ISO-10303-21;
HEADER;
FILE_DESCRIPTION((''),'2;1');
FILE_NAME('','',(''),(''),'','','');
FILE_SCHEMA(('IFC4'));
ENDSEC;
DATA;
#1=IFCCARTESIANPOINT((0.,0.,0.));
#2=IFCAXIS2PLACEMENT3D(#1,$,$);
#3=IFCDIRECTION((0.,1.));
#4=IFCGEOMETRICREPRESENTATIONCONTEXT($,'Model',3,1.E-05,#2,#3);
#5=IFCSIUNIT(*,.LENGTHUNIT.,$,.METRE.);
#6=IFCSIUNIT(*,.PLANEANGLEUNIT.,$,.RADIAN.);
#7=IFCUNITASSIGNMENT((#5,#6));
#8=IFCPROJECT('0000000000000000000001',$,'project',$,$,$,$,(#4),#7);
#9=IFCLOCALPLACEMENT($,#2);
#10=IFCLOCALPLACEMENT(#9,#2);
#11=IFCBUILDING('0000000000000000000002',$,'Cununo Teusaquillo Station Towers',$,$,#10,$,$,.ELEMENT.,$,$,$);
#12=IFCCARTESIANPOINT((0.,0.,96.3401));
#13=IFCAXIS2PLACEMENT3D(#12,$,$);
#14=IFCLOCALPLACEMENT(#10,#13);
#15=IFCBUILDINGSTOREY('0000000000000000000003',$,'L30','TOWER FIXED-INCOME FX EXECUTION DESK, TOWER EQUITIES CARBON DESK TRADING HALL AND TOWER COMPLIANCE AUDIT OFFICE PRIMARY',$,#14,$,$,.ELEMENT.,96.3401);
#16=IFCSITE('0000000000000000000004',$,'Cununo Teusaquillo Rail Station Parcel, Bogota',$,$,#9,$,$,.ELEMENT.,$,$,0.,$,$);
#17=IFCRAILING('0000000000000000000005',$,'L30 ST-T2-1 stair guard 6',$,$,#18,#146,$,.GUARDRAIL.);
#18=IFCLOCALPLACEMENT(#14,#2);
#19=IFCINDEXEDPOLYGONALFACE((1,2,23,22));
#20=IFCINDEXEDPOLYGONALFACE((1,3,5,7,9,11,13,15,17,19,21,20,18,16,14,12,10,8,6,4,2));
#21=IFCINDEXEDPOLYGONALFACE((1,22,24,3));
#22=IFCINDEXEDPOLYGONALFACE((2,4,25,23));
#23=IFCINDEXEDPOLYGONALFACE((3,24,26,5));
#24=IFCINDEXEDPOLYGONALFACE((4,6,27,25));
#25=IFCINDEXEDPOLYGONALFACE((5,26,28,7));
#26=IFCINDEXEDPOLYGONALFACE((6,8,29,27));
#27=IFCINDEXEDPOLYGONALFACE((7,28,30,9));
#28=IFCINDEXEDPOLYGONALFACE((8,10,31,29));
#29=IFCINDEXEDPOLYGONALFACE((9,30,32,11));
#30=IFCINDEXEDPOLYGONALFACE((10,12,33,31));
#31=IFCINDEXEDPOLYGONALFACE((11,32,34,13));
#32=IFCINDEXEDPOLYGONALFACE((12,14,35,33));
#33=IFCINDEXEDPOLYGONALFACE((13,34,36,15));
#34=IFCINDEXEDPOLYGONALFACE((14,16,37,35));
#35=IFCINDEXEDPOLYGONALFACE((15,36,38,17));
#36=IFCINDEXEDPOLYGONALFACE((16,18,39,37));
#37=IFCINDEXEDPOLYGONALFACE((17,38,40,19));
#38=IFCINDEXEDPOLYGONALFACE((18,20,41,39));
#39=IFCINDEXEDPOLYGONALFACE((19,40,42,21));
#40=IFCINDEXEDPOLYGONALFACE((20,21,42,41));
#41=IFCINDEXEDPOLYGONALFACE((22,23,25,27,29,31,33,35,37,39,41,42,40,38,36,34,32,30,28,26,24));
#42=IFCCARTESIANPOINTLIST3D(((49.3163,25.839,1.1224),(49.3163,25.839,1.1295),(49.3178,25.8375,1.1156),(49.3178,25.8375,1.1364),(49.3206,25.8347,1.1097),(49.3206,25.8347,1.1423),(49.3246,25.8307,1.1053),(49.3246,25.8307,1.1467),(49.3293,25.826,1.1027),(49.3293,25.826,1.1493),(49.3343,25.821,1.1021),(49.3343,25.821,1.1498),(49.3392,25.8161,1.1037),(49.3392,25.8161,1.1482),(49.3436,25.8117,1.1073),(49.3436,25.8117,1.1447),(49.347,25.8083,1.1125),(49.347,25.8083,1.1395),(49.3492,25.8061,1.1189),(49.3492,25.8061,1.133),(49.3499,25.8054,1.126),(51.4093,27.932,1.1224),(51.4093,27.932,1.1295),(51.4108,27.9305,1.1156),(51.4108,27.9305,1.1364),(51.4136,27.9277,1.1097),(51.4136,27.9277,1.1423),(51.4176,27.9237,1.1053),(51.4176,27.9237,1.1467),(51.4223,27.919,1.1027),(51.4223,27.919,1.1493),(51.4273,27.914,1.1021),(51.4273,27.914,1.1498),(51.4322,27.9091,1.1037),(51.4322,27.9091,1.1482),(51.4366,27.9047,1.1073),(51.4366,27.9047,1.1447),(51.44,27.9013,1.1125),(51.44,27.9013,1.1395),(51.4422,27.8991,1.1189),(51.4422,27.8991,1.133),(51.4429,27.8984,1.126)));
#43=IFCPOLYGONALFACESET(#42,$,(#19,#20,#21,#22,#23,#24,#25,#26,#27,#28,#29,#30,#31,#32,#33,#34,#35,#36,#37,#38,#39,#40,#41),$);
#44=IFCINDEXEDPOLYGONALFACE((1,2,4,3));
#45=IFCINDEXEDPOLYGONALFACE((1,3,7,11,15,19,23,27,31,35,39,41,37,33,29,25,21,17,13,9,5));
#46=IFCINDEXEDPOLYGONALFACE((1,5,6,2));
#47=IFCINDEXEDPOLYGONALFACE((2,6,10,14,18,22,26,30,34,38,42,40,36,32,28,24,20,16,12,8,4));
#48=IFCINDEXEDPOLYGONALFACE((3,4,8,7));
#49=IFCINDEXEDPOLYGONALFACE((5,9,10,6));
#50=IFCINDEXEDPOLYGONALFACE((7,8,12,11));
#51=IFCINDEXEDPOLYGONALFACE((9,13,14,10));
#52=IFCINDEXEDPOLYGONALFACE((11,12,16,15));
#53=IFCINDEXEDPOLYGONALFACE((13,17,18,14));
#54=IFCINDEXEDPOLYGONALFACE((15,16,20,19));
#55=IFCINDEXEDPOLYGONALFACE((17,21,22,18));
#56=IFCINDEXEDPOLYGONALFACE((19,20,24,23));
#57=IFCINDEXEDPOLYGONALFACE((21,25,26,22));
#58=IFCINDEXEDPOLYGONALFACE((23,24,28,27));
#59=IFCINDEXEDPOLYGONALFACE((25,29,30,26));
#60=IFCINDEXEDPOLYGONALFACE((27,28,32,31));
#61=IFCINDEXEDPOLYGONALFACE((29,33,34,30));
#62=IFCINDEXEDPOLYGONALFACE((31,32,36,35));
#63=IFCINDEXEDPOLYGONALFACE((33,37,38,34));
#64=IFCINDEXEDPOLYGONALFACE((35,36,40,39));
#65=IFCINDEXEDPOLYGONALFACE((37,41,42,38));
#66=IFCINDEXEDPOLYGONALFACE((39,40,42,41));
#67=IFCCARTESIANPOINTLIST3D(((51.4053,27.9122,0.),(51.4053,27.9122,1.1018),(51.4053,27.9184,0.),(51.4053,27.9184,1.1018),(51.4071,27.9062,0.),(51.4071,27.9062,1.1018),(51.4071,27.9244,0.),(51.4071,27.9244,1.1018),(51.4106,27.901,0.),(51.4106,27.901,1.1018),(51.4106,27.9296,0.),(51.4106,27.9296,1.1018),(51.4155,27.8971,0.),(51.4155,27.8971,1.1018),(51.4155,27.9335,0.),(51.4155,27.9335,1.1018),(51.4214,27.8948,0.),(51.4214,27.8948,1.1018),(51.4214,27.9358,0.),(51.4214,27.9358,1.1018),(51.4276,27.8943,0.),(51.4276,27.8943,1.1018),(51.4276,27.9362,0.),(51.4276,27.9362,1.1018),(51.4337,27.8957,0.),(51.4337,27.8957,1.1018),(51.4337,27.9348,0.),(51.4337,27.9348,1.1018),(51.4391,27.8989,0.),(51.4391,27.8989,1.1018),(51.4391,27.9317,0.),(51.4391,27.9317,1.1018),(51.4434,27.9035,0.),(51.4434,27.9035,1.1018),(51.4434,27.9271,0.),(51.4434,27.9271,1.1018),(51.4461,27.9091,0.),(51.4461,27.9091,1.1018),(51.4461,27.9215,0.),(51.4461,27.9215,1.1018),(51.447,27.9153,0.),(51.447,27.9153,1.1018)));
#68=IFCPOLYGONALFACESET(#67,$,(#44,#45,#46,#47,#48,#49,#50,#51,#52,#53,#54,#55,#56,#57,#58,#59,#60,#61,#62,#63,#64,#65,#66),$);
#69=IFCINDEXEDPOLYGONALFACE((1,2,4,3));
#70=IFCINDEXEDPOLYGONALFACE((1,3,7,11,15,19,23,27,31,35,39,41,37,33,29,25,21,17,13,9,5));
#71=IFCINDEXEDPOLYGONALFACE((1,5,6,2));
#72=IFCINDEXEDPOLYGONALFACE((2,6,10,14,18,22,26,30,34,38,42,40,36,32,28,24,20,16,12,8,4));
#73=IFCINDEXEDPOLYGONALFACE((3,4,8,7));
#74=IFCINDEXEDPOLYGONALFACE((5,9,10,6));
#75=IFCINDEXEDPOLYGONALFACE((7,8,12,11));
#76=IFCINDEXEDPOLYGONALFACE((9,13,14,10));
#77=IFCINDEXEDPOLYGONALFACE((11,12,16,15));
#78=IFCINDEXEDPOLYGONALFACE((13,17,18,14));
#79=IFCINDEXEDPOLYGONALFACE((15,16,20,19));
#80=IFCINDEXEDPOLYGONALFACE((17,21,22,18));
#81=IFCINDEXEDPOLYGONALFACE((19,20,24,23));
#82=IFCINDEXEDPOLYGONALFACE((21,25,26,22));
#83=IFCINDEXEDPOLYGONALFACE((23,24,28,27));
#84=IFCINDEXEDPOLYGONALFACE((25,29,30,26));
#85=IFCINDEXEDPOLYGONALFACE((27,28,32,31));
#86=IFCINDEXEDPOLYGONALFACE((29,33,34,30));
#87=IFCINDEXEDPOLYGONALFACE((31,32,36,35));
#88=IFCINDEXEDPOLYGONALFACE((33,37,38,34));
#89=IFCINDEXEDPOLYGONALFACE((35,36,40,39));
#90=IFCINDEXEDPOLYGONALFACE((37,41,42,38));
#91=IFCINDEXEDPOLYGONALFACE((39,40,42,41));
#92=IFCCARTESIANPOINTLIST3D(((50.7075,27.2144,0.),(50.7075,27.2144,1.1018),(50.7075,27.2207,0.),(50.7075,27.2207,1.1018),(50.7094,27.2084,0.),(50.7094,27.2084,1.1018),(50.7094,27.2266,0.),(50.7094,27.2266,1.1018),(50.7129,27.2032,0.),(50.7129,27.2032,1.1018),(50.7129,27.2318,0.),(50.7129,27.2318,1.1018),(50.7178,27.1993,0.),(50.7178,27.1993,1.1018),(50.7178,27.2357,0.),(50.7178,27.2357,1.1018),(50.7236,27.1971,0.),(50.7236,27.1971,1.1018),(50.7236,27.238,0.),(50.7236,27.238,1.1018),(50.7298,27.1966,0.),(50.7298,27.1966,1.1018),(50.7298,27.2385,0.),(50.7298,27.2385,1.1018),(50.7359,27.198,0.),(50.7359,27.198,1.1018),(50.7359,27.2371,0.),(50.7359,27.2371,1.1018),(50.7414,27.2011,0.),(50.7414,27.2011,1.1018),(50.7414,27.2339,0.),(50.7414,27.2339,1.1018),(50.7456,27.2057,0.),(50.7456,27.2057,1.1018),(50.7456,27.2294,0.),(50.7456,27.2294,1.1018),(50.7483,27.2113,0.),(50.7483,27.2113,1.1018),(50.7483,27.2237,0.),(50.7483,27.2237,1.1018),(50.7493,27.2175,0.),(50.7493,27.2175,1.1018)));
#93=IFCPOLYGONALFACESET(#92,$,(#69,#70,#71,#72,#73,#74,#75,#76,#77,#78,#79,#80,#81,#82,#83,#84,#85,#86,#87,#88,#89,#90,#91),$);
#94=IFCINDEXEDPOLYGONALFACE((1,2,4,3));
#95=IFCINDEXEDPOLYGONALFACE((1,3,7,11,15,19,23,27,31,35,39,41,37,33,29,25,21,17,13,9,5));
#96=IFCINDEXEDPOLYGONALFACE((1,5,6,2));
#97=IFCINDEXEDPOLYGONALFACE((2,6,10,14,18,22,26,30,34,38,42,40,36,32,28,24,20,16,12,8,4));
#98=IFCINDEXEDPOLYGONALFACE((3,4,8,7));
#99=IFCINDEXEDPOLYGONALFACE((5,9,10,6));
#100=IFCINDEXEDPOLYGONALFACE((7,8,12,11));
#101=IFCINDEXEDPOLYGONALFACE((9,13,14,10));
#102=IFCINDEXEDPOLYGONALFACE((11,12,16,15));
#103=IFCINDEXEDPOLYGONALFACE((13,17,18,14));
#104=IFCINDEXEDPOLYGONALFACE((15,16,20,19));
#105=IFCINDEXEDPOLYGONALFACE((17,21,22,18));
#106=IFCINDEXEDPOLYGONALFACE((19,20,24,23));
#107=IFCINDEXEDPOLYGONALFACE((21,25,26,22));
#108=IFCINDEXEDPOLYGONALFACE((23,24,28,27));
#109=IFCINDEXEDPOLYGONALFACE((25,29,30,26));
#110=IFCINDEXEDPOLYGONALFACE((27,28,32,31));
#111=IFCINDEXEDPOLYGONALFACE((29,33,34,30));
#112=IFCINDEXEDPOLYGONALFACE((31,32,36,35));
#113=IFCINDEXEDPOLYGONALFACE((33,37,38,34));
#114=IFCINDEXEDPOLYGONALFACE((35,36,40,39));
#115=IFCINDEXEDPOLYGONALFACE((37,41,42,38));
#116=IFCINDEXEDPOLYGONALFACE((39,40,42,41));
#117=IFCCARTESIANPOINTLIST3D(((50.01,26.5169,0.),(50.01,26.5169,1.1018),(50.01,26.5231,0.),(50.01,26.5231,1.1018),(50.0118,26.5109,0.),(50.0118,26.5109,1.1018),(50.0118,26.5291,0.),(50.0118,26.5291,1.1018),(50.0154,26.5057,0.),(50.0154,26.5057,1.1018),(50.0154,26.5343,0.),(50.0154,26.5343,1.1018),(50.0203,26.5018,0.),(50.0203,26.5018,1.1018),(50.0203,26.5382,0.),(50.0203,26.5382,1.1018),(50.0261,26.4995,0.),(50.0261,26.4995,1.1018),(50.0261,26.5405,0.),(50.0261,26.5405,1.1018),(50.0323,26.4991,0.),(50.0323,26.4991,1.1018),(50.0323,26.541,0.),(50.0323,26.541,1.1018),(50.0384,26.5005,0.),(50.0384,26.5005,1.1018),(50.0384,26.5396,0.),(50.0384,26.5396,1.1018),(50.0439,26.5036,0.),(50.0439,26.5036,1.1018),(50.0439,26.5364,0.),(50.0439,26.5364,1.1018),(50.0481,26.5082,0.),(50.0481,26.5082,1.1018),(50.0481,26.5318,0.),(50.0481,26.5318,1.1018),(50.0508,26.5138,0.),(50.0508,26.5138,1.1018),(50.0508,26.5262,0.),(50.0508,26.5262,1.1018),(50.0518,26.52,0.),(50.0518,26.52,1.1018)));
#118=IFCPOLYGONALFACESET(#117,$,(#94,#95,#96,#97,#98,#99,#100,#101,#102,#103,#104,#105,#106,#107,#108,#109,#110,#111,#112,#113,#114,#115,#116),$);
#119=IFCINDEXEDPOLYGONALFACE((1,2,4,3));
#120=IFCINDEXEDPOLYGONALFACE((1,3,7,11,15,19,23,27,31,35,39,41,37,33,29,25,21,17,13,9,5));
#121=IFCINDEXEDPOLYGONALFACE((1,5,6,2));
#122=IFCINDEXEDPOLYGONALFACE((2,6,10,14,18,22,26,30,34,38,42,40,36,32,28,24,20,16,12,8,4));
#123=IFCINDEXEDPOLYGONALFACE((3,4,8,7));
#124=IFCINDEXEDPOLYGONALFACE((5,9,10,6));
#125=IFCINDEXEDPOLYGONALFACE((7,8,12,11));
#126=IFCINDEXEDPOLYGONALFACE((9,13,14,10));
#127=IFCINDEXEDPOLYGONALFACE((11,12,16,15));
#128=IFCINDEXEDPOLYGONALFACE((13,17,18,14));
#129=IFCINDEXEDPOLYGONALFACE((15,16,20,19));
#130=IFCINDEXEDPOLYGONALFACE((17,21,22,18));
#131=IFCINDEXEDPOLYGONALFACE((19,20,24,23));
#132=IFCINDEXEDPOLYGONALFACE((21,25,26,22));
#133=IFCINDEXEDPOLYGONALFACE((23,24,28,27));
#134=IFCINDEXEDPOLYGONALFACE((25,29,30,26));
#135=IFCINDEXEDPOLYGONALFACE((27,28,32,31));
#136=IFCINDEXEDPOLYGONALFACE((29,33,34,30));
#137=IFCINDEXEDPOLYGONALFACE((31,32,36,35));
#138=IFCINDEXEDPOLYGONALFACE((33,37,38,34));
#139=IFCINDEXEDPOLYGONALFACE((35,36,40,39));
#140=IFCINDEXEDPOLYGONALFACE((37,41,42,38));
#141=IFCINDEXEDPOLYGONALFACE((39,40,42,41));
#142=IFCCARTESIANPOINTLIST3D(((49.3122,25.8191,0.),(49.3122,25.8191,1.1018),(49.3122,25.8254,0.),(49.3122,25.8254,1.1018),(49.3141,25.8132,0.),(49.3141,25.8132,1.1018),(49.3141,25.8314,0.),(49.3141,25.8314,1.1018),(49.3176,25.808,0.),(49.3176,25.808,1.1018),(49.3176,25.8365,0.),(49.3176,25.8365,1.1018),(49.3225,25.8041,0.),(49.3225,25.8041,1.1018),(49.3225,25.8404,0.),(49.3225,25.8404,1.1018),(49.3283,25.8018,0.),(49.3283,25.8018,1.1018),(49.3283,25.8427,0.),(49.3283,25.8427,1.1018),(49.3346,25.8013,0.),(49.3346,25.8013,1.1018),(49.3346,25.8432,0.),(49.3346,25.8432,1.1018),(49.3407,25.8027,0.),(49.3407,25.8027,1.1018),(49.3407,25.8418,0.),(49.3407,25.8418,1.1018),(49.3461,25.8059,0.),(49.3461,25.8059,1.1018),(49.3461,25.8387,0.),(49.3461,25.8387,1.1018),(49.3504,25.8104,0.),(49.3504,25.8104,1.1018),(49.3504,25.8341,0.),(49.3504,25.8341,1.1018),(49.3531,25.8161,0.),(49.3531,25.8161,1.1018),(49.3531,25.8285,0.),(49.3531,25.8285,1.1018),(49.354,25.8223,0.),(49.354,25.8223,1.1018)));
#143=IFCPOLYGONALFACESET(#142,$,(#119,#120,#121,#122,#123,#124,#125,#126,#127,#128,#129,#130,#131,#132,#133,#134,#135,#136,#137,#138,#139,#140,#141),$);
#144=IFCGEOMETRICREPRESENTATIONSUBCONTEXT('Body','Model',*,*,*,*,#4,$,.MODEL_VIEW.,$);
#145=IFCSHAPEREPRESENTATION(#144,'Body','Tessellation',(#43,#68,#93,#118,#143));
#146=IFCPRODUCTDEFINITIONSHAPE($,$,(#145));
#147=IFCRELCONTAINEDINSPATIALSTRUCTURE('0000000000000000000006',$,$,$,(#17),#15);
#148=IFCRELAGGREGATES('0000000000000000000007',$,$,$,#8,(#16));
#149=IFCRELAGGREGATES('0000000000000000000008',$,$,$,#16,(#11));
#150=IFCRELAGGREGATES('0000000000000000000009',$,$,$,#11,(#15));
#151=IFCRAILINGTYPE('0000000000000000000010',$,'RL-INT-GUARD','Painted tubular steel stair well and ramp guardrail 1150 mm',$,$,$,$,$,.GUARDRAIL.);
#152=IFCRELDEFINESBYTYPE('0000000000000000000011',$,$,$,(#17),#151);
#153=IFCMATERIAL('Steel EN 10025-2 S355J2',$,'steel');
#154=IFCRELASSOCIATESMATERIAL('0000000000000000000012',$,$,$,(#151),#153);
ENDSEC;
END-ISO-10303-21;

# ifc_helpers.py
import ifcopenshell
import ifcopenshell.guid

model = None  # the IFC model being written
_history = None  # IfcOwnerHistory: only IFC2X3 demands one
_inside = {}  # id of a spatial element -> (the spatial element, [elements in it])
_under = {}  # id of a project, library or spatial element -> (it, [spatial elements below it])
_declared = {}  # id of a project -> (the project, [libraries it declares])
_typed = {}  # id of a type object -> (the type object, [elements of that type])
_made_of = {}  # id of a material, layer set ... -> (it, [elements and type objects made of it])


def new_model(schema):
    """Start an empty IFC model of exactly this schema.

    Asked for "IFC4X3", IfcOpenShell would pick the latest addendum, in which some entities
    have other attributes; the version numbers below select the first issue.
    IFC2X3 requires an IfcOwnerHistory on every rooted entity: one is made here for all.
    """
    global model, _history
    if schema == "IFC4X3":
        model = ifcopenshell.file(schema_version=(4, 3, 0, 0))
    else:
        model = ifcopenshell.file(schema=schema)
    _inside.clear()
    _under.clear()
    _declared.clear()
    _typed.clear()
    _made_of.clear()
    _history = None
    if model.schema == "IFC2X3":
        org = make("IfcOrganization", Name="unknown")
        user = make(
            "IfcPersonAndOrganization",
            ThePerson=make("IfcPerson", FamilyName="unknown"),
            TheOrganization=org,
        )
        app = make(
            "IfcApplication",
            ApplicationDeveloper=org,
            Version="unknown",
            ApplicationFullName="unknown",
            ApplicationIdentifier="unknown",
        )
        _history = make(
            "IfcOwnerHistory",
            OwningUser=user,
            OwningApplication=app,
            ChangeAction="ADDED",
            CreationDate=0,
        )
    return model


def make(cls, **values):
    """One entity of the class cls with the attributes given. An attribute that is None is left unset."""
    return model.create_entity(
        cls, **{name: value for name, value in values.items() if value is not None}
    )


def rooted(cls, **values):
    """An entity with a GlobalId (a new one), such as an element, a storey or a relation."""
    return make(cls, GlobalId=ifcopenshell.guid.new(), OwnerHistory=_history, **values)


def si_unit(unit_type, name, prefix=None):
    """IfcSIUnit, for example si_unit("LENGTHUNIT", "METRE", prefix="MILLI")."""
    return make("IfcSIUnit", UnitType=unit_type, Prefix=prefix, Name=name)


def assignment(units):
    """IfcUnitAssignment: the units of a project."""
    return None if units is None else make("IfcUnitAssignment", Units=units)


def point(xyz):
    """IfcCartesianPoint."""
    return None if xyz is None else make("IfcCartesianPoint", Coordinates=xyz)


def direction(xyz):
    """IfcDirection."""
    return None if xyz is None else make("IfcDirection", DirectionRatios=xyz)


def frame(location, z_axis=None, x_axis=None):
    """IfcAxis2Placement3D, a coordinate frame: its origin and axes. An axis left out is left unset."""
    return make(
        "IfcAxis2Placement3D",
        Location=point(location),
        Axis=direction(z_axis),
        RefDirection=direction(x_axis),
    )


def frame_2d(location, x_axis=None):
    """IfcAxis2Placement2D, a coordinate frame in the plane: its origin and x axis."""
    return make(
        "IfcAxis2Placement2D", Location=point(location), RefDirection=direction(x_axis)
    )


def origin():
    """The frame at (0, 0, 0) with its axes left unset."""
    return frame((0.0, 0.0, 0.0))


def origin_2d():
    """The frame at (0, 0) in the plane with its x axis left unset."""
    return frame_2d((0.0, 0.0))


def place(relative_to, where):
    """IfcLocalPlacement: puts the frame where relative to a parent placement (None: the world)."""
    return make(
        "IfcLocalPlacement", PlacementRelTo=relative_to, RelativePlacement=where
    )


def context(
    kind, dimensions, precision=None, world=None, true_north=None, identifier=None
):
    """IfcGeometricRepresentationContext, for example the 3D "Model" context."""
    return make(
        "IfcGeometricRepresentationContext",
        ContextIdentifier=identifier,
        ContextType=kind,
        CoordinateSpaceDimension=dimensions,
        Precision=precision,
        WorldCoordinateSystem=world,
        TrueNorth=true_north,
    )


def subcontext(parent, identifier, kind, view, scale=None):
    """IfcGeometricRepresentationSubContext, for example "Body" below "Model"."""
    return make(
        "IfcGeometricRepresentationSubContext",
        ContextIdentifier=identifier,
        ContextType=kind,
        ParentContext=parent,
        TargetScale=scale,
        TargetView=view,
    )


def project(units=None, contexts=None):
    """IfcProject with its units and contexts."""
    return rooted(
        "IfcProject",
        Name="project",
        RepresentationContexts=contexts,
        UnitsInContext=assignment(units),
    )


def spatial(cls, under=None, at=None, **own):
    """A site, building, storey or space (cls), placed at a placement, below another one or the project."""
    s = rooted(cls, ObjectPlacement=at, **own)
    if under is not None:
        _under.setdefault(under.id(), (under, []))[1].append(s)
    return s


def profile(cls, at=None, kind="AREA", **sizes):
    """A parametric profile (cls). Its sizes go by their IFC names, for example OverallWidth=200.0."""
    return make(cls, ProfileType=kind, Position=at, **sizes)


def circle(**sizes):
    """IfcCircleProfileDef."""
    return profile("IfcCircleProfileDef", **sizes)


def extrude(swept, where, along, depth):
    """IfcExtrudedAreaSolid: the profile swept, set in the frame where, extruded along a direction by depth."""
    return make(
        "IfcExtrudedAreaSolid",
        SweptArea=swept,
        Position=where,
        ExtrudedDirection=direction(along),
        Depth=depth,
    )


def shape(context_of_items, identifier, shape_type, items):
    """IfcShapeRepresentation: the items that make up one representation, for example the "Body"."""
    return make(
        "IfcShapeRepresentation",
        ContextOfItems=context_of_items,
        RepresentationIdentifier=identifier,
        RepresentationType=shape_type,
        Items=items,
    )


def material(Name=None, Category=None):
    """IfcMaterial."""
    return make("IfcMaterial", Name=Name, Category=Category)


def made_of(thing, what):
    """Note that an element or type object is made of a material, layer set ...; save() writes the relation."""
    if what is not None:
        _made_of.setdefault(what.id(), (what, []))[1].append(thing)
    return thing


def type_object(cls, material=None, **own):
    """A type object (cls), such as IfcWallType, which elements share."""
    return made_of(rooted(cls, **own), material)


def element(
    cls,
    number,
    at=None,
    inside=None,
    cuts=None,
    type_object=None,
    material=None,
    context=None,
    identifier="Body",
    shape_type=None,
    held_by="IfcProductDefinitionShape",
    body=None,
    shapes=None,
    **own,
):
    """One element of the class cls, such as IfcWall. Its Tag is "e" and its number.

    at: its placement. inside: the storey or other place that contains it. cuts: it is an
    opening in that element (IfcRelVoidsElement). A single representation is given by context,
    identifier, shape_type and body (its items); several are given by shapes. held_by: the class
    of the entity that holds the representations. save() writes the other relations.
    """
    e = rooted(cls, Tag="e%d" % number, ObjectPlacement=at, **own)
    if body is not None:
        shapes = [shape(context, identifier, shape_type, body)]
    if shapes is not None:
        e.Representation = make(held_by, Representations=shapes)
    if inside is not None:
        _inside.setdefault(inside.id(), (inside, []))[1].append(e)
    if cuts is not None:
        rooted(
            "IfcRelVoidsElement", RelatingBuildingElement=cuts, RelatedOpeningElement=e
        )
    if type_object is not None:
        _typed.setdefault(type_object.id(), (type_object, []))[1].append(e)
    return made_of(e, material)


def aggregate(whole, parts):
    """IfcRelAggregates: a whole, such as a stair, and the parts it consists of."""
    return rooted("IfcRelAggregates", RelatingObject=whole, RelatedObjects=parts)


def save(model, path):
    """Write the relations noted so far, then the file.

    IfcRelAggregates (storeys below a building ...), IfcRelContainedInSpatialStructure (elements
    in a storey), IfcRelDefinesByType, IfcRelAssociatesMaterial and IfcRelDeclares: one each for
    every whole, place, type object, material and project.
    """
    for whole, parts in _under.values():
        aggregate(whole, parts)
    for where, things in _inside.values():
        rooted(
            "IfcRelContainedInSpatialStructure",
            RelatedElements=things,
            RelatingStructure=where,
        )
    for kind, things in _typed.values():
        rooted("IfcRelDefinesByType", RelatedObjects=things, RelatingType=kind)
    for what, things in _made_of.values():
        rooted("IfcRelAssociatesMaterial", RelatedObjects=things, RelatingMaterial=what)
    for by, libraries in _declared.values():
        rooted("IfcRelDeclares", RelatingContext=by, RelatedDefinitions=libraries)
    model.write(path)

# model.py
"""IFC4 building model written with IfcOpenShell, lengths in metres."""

from ifc_helpers import new_model, si_unit, direction, frame, origin, origin_2d, place, context, subcontext, project, spatial, circle, extrude, material, type_object, element, save


model = new_model("IFC4")

# Units and contexts
model_context = context("Model", 3, precision=1e-05, world=origin(), true_north=direction((0.0, 1.0)))
body_context = subcontext(model_context, "Body", "Model", "MODEL_VIEW")
ifc_project = project(units=[si_unit("LENGTHUNIT", "METRE"), si_unit("PLANEANGLEUNIT", "RADIAN")], contexts=[model_context])

# Site, building, storey
site_placement = place(None, origin())
site = spatial("IfcSite", under=ifc_project, at=site_placement, Name="Cununo Teusaquillo Rail Station Parcel, Bogota", CompositionType="ELEMENT", RefElevation=0.0)
building_placement = place(site_placement, origin())
building = spatial("IfcBuilding", under=site, at=building_placement, Name="Cununo Teusaquillo Station Towers", CompositionType="ELEMENT")
storey_placement = place(building_placement, frame((0.0, 0.0, 96.3401)))
storey = spatial("IfcBuildingStorey", under=building, at=storey_placement, Name="L30", Description="TOWER FIXED-INCOME FX EXECUTION DESK, TOWER EQUITIES CARBON DESK TRADING HALL AND TOWER COMPLIANCE AUDIT OFFICE PRIMARY", CompositionType="ELEMENT", Elevation=96.3401)

# Railing
ifc_material_1 = material(Name="Steel EN 10025-2 S355J2", Category="steel")
railing_type = type_object("IfcRailingType", Name="RL-INT-GUARD", Description="Painted tubular steel stair well and ramp guardrail 1150 mm", PredefinedType="GUARDRAIL", material=ifc_material_1)
railing_1_placement = place(storey_placement, frame((51.426, 27.9153, 0.0)))
element("IfcRailing", 1, at=railing_1_placement, inside=storey, type_object=railing_type, Name="L30 ST-T2-1 stair guard 6", PredefinedType="GUARDRAIL", context=body_context, shape_type="SweptSolid", body=[
    extrude(circle(Radius=0.0239, at=origin_2d()), frame((0.0, 0.0, 1.126), z_axis=(-0.707107, -0.707107, 0.0), x_axis=(0.707107, -0.707107, 0.0)), (0.0, 0.0, 1.0), 2.96),
    extrude(circle(Radius=0.021, at=origin_2d()), origin(), (0.0, 0.0, 1.0), 1.1018),
    extrude(circle(Radius=0.021, at=origin_2d()), frame((-0.6978, -0.6978, 0.0)), (0.0, 0.0, 1.0), 1.1018),
    extrude(circle(Radius=0.021, at=origin_2d()), frame((-1.3953, -1.3953, 0.0)), (0.0, 0.0, 1.0), 1.1018),
    extrude(circle(Radius=0.021, at=origin_2d()), frame((-2.093, -2.093, 0.0)), (0.0, 0.0, 1.0), 1.1018),
])

save(model, "model.ifc")
